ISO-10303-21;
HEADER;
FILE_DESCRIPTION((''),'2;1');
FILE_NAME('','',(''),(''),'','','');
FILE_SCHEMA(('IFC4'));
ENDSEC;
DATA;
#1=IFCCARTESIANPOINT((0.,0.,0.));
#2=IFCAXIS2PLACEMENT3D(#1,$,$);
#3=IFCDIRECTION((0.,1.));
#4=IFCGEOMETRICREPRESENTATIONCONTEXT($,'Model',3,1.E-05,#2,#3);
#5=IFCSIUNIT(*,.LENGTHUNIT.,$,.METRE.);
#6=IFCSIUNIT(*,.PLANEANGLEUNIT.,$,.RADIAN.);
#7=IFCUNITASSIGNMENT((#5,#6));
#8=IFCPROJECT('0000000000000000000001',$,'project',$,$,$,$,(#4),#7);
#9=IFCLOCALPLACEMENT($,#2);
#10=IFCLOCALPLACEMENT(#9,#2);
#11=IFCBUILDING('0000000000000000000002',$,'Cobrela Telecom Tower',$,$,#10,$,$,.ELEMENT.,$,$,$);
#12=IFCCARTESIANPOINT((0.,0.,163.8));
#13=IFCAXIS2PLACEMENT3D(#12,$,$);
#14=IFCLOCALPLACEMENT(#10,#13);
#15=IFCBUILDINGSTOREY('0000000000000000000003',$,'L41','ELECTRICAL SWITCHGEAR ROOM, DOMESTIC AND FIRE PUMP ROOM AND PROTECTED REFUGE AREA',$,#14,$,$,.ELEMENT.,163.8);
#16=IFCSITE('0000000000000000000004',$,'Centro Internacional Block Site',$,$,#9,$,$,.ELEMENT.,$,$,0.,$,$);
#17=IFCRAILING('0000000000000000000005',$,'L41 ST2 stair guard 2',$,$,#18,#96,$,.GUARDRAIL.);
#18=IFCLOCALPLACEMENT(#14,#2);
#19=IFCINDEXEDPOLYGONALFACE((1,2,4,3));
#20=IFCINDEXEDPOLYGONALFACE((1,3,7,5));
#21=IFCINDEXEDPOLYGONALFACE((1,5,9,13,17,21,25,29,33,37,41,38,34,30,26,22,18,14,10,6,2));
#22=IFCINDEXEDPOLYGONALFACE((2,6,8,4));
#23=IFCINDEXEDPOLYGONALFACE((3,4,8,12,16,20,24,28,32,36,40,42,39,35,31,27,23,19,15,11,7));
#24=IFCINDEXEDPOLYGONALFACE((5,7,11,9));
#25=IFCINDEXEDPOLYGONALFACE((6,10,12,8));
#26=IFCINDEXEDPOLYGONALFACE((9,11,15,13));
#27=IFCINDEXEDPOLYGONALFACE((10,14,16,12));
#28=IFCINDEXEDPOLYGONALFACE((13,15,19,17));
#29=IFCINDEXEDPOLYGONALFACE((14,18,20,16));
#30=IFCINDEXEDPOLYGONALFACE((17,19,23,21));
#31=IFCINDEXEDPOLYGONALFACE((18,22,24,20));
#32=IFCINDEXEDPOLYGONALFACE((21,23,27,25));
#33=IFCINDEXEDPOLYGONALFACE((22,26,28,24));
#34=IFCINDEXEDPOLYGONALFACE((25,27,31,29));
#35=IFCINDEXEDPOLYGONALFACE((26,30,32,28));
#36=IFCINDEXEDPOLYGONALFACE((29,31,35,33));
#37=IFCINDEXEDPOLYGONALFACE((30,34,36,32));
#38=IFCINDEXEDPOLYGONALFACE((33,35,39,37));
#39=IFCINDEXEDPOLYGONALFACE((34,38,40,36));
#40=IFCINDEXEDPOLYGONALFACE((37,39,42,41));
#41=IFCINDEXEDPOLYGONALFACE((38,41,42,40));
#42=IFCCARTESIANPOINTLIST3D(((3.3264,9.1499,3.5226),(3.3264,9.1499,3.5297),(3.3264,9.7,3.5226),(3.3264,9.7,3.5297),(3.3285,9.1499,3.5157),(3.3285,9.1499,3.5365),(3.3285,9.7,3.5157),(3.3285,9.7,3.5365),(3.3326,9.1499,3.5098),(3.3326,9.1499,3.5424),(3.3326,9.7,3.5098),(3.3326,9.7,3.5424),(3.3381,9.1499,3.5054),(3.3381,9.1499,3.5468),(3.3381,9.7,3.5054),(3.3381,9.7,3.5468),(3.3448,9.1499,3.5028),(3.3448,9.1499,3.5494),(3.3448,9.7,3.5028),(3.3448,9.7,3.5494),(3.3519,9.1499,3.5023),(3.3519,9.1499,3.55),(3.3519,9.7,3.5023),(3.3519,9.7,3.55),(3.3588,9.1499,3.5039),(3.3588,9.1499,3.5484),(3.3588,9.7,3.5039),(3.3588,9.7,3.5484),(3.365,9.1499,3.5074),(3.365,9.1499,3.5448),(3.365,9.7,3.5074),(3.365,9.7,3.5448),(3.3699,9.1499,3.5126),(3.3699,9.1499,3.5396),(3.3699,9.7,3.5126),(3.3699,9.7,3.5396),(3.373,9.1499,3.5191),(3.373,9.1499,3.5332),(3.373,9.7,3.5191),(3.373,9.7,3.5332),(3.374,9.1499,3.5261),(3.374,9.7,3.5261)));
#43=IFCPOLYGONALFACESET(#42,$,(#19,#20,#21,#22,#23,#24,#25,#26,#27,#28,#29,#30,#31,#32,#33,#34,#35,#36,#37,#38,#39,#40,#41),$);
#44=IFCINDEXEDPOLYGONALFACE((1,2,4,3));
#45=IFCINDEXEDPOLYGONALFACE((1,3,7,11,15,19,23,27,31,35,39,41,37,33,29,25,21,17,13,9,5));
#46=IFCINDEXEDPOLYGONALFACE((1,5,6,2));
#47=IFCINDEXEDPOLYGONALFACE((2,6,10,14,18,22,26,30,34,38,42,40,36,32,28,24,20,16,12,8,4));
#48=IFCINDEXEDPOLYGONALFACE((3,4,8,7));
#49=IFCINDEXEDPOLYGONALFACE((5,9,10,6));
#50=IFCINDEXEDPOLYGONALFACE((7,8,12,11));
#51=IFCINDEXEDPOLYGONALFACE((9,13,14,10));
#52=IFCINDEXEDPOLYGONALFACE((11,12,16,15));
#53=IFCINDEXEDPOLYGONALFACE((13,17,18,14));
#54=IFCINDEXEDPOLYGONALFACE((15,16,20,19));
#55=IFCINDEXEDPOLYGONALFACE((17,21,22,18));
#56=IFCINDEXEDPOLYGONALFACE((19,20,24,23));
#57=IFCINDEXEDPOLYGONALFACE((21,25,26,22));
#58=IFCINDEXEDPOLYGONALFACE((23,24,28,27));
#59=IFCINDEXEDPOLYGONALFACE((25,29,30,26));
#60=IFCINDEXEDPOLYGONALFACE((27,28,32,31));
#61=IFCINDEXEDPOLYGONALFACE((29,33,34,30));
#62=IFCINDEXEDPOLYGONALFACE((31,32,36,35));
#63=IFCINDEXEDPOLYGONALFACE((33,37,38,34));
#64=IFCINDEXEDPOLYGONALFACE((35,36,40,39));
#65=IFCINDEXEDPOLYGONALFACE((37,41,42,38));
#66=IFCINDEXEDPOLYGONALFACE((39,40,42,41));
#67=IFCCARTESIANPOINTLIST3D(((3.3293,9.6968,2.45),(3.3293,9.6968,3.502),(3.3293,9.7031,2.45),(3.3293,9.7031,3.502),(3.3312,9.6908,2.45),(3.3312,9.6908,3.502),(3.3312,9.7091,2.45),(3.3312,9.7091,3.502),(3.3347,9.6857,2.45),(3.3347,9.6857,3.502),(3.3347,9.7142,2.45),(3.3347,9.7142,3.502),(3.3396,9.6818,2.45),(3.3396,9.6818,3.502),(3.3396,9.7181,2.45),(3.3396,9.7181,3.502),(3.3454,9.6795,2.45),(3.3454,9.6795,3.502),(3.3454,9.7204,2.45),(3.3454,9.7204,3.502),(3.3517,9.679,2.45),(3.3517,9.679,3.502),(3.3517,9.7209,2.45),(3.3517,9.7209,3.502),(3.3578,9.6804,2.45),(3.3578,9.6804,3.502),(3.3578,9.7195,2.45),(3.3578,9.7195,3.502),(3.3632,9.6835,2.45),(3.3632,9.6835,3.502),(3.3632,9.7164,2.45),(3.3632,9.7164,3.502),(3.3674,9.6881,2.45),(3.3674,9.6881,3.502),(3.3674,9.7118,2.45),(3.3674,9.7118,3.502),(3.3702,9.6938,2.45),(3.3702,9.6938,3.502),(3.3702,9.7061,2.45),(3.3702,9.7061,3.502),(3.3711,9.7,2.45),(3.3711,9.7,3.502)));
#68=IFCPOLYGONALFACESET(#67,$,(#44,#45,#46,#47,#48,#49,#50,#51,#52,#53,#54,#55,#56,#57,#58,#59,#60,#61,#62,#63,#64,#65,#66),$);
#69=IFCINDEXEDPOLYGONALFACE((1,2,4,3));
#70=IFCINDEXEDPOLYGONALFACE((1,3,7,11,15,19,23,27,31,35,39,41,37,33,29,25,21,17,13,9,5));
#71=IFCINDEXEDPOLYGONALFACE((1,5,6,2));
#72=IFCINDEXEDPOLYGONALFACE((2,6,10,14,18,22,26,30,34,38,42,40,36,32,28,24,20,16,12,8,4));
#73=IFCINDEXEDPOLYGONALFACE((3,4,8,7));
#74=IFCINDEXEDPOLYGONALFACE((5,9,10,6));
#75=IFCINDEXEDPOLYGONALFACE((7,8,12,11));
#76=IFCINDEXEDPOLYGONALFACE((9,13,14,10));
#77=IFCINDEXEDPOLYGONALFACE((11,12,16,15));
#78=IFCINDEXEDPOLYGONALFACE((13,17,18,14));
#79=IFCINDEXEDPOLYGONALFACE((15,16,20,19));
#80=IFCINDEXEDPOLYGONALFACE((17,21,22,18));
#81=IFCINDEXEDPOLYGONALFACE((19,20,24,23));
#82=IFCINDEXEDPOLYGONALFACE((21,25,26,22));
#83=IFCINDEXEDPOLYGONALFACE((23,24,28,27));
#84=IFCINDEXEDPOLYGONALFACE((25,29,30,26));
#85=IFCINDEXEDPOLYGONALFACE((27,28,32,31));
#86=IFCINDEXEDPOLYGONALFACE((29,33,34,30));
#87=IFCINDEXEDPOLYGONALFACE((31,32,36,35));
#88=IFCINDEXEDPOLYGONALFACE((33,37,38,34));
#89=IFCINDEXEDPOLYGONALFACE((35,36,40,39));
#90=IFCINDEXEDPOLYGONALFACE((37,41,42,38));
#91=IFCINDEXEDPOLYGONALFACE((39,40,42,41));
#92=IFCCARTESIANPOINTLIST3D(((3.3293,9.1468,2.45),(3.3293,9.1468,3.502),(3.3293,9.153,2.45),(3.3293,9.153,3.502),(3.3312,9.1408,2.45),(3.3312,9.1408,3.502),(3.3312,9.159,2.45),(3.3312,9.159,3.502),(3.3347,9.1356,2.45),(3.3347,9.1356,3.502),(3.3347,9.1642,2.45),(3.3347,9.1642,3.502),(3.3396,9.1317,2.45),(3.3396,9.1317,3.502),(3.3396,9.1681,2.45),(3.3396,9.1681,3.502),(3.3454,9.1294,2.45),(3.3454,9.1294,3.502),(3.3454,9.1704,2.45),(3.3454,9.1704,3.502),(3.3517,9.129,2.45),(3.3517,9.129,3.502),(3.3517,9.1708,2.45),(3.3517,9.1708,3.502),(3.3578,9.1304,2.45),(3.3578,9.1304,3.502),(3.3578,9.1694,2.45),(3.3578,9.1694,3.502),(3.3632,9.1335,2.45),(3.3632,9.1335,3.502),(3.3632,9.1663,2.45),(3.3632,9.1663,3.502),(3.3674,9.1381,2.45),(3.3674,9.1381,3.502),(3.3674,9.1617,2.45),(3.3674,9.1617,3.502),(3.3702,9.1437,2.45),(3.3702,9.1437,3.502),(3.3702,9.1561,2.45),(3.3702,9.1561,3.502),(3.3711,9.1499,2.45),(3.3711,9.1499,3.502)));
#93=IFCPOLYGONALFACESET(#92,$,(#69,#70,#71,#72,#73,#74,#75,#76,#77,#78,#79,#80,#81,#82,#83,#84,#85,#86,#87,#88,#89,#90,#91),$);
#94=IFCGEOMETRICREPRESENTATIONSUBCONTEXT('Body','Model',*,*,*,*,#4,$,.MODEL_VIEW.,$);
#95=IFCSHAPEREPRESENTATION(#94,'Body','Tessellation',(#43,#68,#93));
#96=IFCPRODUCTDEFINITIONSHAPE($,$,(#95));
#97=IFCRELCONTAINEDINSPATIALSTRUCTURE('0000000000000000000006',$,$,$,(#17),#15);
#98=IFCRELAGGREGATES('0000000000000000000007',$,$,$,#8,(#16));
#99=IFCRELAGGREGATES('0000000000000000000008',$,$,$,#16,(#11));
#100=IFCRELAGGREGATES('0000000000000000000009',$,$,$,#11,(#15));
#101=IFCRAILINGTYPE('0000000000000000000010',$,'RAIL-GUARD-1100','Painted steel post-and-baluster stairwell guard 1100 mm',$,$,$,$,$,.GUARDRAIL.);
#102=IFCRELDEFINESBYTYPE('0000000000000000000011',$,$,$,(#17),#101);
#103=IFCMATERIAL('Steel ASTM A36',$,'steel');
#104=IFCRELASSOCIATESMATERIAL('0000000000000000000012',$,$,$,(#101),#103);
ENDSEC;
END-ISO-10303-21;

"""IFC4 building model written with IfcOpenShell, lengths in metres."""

from ifc_helpers import new_model, si_unit, direction, frame, origin, origin_2d, place, context, subcontext, project, spatial, circle, extrude, material, type_object, element, save


model = new_model("IFC4")

# Units and contexts
model_context = context("Model", 3, precision=1e-05, world=origin(), true_north=direction((0.0, 1.0)))
body_context = subcontext(model_context, "Body", "Model", "MODEL_VIEW")
ifc_project = project(units=[si_unit("LENGTHUNIT", "METRE"), si_unit("PLANEANGLEUNIT", "RADIAN")], contexts=[model_context])

# Site, building, storey
site_placement = place(None, origin())
site = spatial("IfcSite", under=ifc_project, at=site_placement, Name="Centro Internacional Block Site", CompositionType="ELEMENT", RefElevation=0.0)
building_placement = place(site_placement, origin())
building = spatial("IfcBuilding", under=site, at=building_placement, Name="Cobrela Telecom Tower", CompositionType="ELEMENT")
storey_placement = place(building_placement, frame((0.0, 0.0, 163.8)))
storey = spatial("IfcBuildingStorey", under=building, at=storey_placement, Name="L41", Description="ELECTRICAL SWITCHGEAR ROOM, DOMESTIC AND FIRE PUMP ROOM AND PROTECTED REFUGE AREA", CompositionType="ELEMENT", Elevation=163.8)

# Shared definitions
ifc_material_1 = material(Name="Steel ASTM A36", Category="steel")

# Railing
railing_type_1 = type_object("IfcRailingType", Name="RAIL-GUARD-1100", Description="Painted steel post-and-baluster stairwell guard 1100 mm", PredefinedType="GUARDRAIL", material=ifc_material_1)
railing_1_placement = place(storey_placement, frame((3.3501, 9.7, 2.45)))
element("IfcRailing", 1, at=railing_1_placement, inside=storey, type_object=railing_type_1, Name="L41 ST2 stair guard 2", PredefinedType="GUARDRAIL", context=body_context, shape_type="SweptSolid", body=[
    extrude(circle(Radius=0.0239, at=origin_2d()), frame((0.0, 0.0, 1.0762), z_axis=(0.0, -1.0, 0.0), x_axis=(1.0, 0.0, 0.0)), (0.0, 0.0, 1.0), 0.55),
    extrude(circle(Radius=0.021, at=origin_2d()), origin(), (0.0, 0.0, 1.0), 1.052),
    extrude(circle(Radius=0.021, at=origin_2d()), frame((0.0, -0.55, 0.0)), (0.0, 0.0, 1.0), 1.052),
])

save(model, "model.ifc")
